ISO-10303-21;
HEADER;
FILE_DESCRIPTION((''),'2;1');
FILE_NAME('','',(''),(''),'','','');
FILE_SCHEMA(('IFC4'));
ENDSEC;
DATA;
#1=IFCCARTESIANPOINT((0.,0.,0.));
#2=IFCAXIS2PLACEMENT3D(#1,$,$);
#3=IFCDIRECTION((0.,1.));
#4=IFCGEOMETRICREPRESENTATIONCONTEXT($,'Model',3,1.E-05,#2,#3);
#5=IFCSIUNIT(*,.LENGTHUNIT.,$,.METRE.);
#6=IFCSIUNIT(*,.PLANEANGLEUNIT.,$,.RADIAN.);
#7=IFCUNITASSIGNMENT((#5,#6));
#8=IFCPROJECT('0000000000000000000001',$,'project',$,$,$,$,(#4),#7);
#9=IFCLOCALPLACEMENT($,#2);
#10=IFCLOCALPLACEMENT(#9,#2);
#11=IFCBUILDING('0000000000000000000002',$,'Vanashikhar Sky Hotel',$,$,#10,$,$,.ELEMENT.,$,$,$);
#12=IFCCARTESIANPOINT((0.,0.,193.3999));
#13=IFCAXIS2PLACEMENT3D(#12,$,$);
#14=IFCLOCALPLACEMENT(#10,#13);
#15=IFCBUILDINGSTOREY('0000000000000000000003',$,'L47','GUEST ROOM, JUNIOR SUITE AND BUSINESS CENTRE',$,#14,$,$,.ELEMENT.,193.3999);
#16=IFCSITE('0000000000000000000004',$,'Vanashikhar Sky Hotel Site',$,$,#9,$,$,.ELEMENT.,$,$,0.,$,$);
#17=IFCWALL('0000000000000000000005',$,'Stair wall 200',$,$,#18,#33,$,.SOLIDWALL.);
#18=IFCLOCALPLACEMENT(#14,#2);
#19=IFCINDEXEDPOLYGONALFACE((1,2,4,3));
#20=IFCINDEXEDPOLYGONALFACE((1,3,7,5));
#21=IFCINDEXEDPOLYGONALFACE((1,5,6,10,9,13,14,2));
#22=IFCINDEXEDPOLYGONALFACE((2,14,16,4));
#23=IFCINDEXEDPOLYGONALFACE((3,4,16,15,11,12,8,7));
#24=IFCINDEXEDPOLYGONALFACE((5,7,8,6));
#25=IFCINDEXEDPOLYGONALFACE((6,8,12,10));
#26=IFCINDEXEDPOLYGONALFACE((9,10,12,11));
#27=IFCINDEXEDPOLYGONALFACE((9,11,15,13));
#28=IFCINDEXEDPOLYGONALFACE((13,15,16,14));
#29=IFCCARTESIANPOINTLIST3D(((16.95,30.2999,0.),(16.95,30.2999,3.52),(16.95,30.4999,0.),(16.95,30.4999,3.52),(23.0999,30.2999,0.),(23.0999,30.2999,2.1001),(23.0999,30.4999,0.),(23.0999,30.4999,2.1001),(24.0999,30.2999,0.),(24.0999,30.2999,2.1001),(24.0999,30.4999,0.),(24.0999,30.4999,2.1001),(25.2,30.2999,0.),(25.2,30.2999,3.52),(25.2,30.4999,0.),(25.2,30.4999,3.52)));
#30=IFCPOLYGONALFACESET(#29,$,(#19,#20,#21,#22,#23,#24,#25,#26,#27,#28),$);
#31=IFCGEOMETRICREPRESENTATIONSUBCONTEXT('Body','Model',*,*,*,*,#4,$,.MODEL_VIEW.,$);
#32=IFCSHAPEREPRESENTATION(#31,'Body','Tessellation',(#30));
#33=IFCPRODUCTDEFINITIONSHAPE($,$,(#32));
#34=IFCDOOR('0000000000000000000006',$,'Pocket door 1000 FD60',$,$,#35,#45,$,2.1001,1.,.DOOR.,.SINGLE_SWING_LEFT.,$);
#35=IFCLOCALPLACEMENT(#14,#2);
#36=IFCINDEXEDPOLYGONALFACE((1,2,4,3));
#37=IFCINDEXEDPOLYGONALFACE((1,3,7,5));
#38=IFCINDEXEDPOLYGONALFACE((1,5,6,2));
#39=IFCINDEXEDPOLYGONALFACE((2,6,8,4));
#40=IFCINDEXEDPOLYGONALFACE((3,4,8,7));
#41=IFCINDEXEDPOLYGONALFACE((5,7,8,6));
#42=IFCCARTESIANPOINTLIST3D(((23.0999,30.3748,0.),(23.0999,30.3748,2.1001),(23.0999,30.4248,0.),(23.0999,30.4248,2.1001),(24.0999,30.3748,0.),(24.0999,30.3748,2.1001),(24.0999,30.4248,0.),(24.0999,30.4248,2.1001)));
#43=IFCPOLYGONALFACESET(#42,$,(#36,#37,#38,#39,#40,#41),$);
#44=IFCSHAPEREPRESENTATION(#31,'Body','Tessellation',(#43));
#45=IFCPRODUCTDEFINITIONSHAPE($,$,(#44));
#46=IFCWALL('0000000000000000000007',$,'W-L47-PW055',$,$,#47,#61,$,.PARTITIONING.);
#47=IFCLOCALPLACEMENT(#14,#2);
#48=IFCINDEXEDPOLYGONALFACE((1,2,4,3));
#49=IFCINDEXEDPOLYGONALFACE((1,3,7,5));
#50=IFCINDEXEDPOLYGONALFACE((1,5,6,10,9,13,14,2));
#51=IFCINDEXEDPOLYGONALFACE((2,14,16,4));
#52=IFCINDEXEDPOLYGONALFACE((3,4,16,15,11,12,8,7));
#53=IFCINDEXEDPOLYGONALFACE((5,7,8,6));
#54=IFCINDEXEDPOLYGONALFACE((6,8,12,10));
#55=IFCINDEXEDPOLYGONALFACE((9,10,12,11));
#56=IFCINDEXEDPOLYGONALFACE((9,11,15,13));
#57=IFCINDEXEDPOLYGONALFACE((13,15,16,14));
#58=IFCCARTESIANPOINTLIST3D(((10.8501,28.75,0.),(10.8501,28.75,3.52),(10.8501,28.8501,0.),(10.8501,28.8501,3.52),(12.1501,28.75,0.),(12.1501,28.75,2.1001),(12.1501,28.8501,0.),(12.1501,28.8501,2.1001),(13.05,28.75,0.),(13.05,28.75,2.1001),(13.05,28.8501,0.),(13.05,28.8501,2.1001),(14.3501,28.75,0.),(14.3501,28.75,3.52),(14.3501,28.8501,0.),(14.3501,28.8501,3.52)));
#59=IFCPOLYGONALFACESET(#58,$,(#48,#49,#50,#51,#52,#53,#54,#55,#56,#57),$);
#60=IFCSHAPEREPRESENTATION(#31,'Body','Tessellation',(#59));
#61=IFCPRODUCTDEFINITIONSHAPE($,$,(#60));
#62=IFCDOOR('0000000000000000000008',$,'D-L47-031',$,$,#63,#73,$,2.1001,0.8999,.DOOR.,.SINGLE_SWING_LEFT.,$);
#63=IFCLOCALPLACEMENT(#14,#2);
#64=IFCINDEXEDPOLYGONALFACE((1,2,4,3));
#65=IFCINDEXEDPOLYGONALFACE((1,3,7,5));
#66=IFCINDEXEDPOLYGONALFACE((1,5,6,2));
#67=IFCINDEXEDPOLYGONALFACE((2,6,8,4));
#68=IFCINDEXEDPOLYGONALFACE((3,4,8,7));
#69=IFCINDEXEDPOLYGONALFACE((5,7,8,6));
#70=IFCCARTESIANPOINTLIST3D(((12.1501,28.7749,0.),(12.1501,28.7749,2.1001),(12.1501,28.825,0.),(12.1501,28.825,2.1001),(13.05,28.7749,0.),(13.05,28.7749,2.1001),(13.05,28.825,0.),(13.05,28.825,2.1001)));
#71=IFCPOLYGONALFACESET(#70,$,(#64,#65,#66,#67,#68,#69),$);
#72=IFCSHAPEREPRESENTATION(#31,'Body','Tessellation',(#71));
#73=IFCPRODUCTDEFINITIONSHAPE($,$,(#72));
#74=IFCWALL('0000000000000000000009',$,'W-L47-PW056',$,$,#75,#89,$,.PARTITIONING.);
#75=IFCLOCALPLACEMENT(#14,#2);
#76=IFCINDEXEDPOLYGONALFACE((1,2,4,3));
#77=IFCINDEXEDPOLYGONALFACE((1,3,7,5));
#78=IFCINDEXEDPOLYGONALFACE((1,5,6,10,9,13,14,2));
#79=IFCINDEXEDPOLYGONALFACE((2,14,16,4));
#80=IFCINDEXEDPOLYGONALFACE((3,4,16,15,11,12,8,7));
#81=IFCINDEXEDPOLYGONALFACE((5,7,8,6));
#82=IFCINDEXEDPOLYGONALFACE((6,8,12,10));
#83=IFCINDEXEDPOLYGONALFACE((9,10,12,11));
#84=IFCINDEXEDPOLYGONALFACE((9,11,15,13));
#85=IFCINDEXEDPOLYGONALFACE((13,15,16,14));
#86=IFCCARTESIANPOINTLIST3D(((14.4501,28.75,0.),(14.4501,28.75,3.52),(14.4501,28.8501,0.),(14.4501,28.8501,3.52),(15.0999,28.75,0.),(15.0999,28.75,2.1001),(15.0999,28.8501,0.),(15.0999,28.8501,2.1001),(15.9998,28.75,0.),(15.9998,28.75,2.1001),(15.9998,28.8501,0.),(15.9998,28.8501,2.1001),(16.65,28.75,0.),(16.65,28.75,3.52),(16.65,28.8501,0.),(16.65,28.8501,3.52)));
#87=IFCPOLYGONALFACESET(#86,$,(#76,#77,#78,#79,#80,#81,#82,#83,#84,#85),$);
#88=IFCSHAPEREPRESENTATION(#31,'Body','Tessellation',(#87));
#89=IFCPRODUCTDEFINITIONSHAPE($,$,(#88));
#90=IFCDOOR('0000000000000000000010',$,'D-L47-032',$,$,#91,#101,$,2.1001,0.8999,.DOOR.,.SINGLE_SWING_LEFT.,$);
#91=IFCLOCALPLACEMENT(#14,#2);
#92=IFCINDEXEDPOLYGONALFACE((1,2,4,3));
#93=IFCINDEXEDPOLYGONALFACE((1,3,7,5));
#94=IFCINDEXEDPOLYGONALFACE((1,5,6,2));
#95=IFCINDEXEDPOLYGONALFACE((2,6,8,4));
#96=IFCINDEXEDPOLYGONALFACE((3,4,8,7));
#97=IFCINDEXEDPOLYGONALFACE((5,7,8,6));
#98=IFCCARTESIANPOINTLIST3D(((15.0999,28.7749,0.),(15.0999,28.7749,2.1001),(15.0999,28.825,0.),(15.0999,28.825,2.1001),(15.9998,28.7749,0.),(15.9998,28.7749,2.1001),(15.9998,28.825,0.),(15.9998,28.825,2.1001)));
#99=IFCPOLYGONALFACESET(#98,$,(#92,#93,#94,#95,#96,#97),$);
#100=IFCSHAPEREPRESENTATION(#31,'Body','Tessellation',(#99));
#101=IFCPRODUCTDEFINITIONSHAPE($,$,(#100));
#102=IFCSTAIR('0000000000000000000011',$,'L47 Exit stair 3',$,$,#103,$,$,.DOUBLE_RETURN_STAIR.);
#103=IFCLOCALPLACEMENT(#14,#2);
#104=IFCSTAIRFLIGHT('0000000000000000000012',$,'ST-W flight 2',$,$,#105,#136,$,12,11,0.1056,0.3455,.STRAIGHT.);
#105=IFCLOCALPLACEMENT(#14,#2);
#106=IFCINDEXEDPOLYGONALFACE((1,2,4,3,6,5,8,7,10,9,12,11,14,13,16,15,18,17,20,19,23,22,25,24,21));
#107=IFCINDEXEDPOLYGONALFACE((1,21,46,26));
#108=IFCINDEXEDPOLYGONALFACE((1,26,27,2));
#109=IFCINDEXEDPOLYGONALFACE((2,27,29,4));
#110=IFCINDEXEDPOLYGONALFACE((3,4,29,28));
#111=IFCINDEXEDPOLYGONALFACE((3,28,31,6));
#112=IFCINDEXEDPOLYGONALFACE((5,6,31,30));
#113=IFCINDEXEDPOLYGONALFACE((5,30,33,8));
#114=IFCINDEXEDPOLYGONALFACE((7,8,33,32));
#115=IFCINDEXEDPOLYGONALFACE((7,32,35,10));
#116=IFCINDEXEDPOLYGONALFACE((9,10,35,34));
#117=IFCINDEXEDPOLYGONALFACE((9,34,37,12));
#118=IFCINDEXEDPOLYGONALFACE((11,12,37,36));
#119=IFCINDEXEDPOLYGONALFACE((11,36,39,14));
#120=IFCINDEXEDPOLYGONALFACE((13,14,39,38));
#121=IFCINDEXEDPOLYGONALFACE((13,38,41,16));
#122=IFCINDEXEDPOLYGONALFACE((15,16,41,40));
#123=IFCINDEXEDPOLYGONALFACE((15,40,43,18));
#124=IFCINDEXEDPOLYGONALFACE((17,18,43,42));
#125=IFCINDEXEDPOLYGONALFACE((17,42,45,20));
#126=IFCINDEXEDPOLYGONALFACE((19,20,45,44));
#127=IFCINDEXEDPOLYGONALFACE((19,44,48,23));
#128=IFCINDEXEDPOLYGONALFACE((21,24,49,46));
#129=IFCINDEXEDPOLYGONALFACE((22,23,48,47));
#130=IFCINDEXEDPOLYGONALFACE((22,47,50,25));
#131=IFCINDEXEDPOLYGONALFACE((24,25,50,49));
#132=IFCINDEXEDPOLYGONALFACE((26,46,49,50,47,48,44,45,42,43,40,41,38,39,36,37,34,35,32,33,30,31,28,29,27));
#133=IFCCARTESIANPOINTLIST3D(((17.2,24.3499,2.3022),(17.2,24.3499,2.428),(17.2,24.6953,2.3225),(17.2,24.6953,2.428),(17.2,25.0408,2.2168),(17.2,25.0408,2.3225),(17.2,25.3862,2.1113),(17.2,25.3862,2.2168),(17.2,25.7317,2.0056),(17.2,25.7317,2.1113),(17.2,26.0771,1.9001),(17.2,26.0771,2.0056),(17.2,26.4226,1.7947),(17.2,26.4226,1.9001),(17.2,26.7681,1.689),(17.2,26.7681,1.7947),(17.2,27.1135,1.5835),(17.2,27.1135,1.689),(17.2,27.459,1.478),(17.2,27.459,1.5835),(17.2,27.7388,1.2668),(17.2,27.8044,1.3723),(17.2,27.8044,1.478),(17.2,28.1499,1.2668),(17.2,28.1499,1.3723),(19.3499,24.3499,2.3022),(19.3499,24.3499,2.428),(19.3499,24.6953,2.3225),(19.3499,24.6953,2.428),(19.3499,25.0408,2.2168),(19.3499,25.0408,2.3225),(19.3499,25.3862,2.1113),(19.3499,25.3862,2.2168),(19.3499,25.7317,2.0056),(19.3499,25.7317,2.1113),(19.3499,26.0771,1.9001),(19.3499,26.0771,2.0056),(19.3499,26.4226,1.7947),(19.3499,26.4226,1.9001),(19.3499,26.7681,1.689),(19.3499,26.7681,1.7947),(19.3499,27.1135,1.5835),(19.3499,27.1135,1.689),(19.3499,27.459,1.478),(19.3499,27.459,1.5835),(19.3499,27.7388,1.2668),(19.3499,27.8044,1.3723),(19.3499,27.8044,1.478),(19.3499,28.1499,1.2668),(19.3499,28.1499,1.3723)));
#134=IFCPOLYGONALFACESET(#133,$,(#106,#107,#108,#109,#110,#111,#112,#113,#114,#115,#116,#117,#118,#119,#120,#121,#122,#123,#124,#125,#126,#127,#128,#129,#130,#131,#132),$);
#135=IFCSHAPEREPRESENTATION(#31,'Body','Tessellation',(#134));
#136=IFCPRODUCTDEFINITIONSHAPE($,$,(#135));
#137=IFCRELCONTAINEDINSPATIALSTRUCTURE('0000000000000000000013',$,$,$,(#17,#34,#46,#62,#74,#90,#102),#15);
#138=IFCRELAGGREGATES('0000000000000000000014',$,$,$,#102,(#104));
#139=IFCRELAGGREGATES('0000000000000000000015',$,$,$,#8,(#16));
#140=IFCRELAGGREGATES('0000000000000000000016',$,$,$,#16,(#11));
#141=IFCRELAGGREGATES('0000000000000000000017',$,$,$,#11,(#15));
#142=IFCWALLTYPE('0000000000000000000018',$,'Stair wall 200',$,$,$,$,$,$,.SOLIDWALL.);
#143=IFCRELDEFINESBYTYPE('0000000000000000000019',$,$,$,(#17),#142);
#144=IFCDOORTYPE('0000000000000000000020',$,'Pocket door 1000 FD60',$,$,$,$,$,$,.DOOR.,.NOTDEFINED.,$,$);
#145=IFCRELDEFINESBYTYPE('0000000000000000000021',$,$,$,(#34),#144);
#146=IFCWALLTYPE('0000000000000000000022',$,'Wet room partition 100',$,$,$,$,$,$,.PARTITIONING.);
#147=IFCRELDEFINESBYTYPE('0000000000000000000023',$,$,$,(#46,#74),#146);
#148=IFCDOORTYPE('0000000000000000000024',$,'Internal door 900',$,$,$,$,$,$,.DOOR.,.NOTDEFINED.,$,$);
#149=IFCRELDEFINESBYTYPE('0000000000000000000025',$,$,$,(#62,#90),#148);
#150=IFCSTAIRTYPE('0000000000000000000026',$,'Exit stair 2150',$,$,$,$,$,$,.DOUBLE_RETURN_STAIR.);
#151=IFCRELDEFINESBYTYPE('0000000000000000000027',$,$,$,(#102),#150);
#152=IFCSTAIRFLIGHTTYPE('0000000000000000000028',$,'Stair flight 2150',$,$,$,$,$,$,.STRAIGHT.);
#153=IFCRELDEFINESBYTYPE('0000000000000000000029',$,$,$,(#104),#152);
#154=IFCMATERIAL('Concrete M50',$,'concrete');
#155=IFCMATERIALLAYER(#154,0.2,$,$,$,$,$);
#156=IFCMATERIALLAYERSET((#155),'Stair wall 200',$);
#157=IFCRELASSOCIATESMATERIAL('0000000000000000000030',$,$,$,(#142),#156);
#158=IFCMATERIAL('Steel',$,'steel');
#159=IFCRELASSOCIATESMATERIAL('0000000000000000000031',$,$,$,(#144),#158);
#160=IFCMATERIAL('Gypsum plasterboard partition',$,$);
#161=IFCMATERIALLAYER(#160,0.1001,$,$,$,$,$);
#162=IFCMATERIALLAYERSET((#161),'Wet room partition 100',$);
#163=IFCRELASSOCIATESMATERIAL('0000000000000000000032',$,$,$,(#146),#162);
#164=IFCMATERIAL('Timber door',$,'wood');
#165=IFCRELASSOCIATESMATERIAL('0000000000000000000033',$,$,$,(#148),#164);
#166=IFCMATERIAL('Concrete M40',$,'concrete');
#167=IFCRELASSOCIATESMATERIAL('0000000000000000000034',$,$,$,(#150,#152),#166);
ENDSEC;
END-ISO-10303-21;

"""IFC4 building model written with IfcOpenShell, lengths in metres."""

from ifc_helpers import new_model, si_unit, direction, frame, frame_2d, origin, place, context, subcontext, project, spatial, polyline, rectangle, outline, extrude, source, transform, mapped, material, layer, layer_set, type_object, element, fill, aggregate, save


model = new_model("IFC4")

# Units and contexts
model_context = context("Model", 3, precision=1e-05, world=origin(), true_north=direction((0.0, 1.0)))
body_context = subcontext(model_context, "Body", "Model", "MODEL_VIEW")
ifc_project = project(units=[si_unit("LENGTHUNIT", "METRE"), si_unit("PLANEANGLEUNIT", "RADIAN")], contexts=[model_context])

# Site, building, storey
site_placement = place(None, origin())
site = spatial("IfcSite", under=ifc_project, at=site_placement, Name="Vanashikhar Sky Hotel Site", CompositionType="ELEMENT", RefElevation=0.0)
building_placement = place(site_placement, origin())
building = spatial("IfcBuilding", under=site, at=building_placement, Name="Vanashikhar Sky Hotel", CompositionType="ELEMENT")
storey_placement = place(building_placement, frame((0.0, 0.0, 193.3999)))
storey = spatial("IfcBuildingStorey", under=building, at=storey_placement, Name="L47", Description="GUEST ROOM, JUNIOR SUITE AND BUSINESS CENTRE", CompositionType="ELEMENT", Elevation=193.3999)

# Shared definitions
ifc_material_1 = material(Name="Concrete M50", Category="concrete")

# Walls, openings, doors
ifc_layer_1 = layer(ifc_material_1, 0.2)
ifc_layer_set_1 = layer_set([ifc_layer_1], Name="Stair wall 200")
wall_type_1 = type_object("IfcWallType", Name="Stair wall 200", PredefinedType="SOLIDWALL", material=ifc_layer_set_1)
shared_shape_1 = source(origin(), body_context, "Body", "SweptSolid", [
    extrude(rectangle(XDim=8.25, YDim=0.2, at=frame_2d((4.125, 0.0))), origin(), (0.0, 0.0, 1.0), 3.52),
])
wall_1_placement = place(storey_placement, frame((16.95, 30.3999, 0.0), z_axis=(0.0, 0.0, 1.0), x_axis=(1.0, 0.0, 0.0)))
wall_1 = element("IfcWall", 1, at=wall_1_placement, inside=storey, type_object=wall_type_1, Name="Stair wall 200", PredefinedType="SOLIDWALL", context=body_context, shape_type="MappedRepresentation", body=[
    mapped(shared_shape_1, transform((0.0, 0.0, 0.0), scale=1.0)),
])
shared_shape_2 = source(origin(), body_context, "Body", "SweptSolid", [
    extrude(rectangle(XDim=1.0, YDim=2.1001, at=frame_2d((0.5, 1.05))), frame((0.0, 0.1099, 0.0), z_axis=(0.0, -1.0, 0.0), x_axis=(1.0, 0.0, 0.0)), (0.0, 0.0, 1.0), 0.22),
])
opening_1_placement = place(wall_1_placement, frame((6.1499, 0.0, 0.0)))
opening_1 = element("IfcOpeningElement", 2, at=opening_1_placement, cuts=wall_1, PredefinedType="OPENING", context=body_context, shape_type="MappedRepresentation", body=[
    mapped(shared_shape_2, transform((0.0, 0.0, 0.0), scale=1.0)),
])
ifc_material_2 = material(Name="Steel", Category="steel")
door_type_1 = type_object("IfcDoorType", Name="Pocket door 1000 FD60", OperationType="NOTDEFINED", PredefinedType="DOOR", material=ifc_material_2)
shared_shape_3 = source(origin(), body_context, "Body", "SweptSolid", [
    extrude(rectangle(XDim=1.0, YDim=2.1001, at=frame_2d((0.5, 1.05))), frame((0.0, 0.0249, 0.0), z_axis=(0.0, -1.0, 0.0), x_axis=(1.0, 0.0, 0.0)), (0.0, 0.0, 1.0), 0.05),
])
door_1_placement = place(opening_1_placement, origin())
door_1 = element("IfcDoor", 3, at=door_1_placement, inside=storey, type_object=door_type_1, Name="Pocket door 1000 FD60", OperationType="SINGLE_SWING_LEFT", OverallHeight=2.1001, OverallWidth=1.0, PredefinedType="DOOR", context=body_context, shape_type="MappedRepresentation", body=[
    mapped(shared_shape_3, transform((0.0, 0.0, 0.0), scale=1.0)),
])
fill(opening_1, door_1)
ifc_material_3 = material(Name="Gypsum plasterboard partition")
ifc_layer_2 = layer(ifc_material_3, 0.1001)
ifc_layer_set_2 = layer_set([ifc_layer_2], Name="Wet room partition 100")
wall_type_2 = type_object("IfcWallType", Name="Wet room partition 100", PredefinedType="PARTITIONING", material=ifc_layer_set_2)
shared_shape_4 = source(origin(), body_context, "Body", "SweptSolid", [
    extrude(rectangle(XDim=3.5, YDim=0.1001, at=frame_2d((1.75, 0.0))), origin(), (0.0, 0.0, 1.0), 3.52),
])
wall_2_placement = place(storey_placement, frame((10.8501, 28.8, 0.0), z_axis=(0.0, 0.0, 1.0), x_axis=(1.0, 0.0, 0.0)))
wall_2 = element("IfcWall", 4, at=wall_2_placement, inside=storey, type_object=wall_type_2, Name="W-L47-PW055", PredefinedType="PARTITIONING", context=body_context, shape_type="MappedRepresentation", body=[
    mapped(shared_shape_4, transform((0.0, 0.0, 0.0), scale=1.0)),
])
shared_shape_5 = source(origin(), body_context, "Body", "SweptSolid", [
    extrude(rectangle(XDim=0.8999, YDim=2.1001, at=frame_2d((0.45, 1.05))), frame((0.0, 0.0601, 0.0), z_axis=(0.0, -1.0, 0.0), x_axis=(1.0, 0.0, 0.0)), (0.0, 0.0, 1.0), 0.1201),
])
opening_2_placement = place(wall_2_placement, frame((1.3, 0.0, 0.0)))
opening_2 = element("IfcOpeningElement", 5, at=opening_2_placement, cuts=wall_2, PredefinedType="OPENING", context=body_context, shape_type="MappedRepresentation", body=[
    mapped(shared_shape_5, transform((0.0, 0.0, 0.0), scale=1.0)),
])
ifc_material_4 = material(Name="Timber door", Category="wood")
door_type_2 = type_object("IfcDoorType", Name="Internal door 900", OperationType="NOTDEFINED", PredefinedType="DOOR", material=ifc_material_4)
shared_shape_6 = source(origin(), body_context, "Body", "SweptSolid", [
    extrude(rectangle(XDim=0.8999, YDim=2.1001, at=frame_2d((0.45, 1.05))), frame((0.0, 0.0249, 0.0), z_axis=(0.0, -1.0, 0.0), x_axis=(1.0, 0.0, 0.0)), (0.0, 0.0, 1.0), 0.05),
])
door_2_placement = place(opening_2_placement, origin())
door_2 = element("IfcDoor", 6, at=door_2_placement, inside=storey, type_object=door_type_2, Name="D-L47-031", OperationType="SINGLE_SWING_LEFT", OverallHeight=2.1001, OverallWidth=0.8999, PredefinedType="DOOR", context=body_context, shape_type="MappedRepresentation", body=[
    mapped(shared_shape_6, transform((0.0, 0.0, 0.0), scale=1.0)),
])
fill(opening_2, door_2)
shared_shape_7 = source(origin(), body_context, "Body", "SweptSolid", [
    extrude(rectangle(XDim=2.2, YDim=0.1001, at=frame_2d((1.1001, 0.0))), origin(), (0.0, 0.0, 1.0), 3.52),
])
wall_3_placement = place(storey_placement, frame((14.45, 28.8, 0.0), z_axis=(0.0, 0.0, 1.0), x_axis=(1.0, 0.0, 0.0)))
wall_3 = element("IfcWall", 7, at=wall_3_placement, inside=storey, type_object=wall_type_2, Name="W-L47-PW056", PredefinedType="PARTITIONING", context=body_context, shape_type="MappedRepresentation", body=[
    mapped(shared_shape_7, transform((0.0, 0.0, 0.0), scale=1.0)),
])
opening_3_placement = place(wall_3_placement, frame((0.6499, 0.0, 0.0)))
opening_3 = element("IfcOpeningElement", 8, at=opening_3_placement, cuts=wall_3, PredefinedType="OPENING", context=body_context, shape_type="MappedRepresentation", body=[
    mapped(shared_shape_5, transform((0.0, 0.0, 0.0), scale=1.0)),
])
door_3_placement = place(opening_3_placement, origin())
door_3 = element("IfcDoor", 9, at=door_3_placement, inside=storey, type_object=door_type_2, Name="D-L47-032", OperationType="SINGLE_SWING_LEFT", OverallHeight=2.1001, OverallWidth=0.8999, PredefinedType="DOOR", context=body_context, shape_type="MappedRepresentation", body=[
    mapped(shared_shape_6, transform((0.0, 0.0, 0.0), scale=1.0)),
])
fill(opening_3, door_3)

# Stair, stair flight
ifc_material_5 = material(Name="Concrete M40", Category="concrete")
stair_type = type_object("IfcStairType", Name="Exit stair 2150", PredefinedType="DOUBLE_RETURN_STAIR", material=ifc_material_5)
stair_placement = place(storey_placement, origin())
stair = element("IfcStair", 10, at=stair_placement, inside=storey, type_object=stair_type, Name="L47 Exit stair 3", PredefinedType="DOUBLE_RETURN_STAIR")
stair_flight_type = type_object("IfcStairFlightType", Name="Stair flight 2150", PredefinedType="STRAIGHT", material=ifc_material_5)
shared_shape_8 = source(origin(), body_context, "Body", "SweptSolid", [
    extrude(outline(polyline([(0.0, 0.0), (0.0, 0.1055), (0.3455, 0.1055), (0.3455, 0.2112), (0.6909, 0.2112), (0.6909, 0.3167), (1.0364, 0.3167), (1.0364, 0.4221), (1.3818, 0.4221), (1.3818, 0.5278), (1.7273, 0.5278), (1.7273, 0.6333), (2.0728, 0.6333), (2.0728, 0.7388), (2.4182, 0.7388), (2.4182, 0.8445), (2.7637, 0.8445), (2.7637, 0.95), (3.1091, 0.95), (3.1091, 1.0557), (3.4546, 1.0557), (3.4546, 1.1611), (3.8, 1.1611), (3.8, 1.2666), (3.8, 1.0354), (0.4111, 0.0), (0.0, 0.0)])), frame((0.0, 1.075, 0.0), z_axis=(0.0, -1.0, 0.0), x_axis=(1.0, 0.0, 0.0)), (0.0, 0.0, 1.0), 2.1499),
])
stair_flight_1_placement = place(storey_placement, frame((18.2749, 28.1499, 1.2668), z_axis=(0.0, 0.0, 1.0), x_axis=(0.0, -1.0, 0.0)))
stair_flight_1 = element("IfcStairFlight", 11, at=stair_flight_1_placement, type_object=stair_flight_type, Name="ST-W flight 2", NumberOfRisers=12, NumberOfTreads=11, PredefinedType="STRAIGHT", RiserHeight=0.1056, TreadLength=0.3455, context=body_context, shape_type="MappedRepresentation", body=[
    mapped(shared_shape_8, transform((0.0, 0.0, 0.0), scale=1.0)),
])
aggregate(stair, [stair_flight_1])

save(model, "model.ifc")
